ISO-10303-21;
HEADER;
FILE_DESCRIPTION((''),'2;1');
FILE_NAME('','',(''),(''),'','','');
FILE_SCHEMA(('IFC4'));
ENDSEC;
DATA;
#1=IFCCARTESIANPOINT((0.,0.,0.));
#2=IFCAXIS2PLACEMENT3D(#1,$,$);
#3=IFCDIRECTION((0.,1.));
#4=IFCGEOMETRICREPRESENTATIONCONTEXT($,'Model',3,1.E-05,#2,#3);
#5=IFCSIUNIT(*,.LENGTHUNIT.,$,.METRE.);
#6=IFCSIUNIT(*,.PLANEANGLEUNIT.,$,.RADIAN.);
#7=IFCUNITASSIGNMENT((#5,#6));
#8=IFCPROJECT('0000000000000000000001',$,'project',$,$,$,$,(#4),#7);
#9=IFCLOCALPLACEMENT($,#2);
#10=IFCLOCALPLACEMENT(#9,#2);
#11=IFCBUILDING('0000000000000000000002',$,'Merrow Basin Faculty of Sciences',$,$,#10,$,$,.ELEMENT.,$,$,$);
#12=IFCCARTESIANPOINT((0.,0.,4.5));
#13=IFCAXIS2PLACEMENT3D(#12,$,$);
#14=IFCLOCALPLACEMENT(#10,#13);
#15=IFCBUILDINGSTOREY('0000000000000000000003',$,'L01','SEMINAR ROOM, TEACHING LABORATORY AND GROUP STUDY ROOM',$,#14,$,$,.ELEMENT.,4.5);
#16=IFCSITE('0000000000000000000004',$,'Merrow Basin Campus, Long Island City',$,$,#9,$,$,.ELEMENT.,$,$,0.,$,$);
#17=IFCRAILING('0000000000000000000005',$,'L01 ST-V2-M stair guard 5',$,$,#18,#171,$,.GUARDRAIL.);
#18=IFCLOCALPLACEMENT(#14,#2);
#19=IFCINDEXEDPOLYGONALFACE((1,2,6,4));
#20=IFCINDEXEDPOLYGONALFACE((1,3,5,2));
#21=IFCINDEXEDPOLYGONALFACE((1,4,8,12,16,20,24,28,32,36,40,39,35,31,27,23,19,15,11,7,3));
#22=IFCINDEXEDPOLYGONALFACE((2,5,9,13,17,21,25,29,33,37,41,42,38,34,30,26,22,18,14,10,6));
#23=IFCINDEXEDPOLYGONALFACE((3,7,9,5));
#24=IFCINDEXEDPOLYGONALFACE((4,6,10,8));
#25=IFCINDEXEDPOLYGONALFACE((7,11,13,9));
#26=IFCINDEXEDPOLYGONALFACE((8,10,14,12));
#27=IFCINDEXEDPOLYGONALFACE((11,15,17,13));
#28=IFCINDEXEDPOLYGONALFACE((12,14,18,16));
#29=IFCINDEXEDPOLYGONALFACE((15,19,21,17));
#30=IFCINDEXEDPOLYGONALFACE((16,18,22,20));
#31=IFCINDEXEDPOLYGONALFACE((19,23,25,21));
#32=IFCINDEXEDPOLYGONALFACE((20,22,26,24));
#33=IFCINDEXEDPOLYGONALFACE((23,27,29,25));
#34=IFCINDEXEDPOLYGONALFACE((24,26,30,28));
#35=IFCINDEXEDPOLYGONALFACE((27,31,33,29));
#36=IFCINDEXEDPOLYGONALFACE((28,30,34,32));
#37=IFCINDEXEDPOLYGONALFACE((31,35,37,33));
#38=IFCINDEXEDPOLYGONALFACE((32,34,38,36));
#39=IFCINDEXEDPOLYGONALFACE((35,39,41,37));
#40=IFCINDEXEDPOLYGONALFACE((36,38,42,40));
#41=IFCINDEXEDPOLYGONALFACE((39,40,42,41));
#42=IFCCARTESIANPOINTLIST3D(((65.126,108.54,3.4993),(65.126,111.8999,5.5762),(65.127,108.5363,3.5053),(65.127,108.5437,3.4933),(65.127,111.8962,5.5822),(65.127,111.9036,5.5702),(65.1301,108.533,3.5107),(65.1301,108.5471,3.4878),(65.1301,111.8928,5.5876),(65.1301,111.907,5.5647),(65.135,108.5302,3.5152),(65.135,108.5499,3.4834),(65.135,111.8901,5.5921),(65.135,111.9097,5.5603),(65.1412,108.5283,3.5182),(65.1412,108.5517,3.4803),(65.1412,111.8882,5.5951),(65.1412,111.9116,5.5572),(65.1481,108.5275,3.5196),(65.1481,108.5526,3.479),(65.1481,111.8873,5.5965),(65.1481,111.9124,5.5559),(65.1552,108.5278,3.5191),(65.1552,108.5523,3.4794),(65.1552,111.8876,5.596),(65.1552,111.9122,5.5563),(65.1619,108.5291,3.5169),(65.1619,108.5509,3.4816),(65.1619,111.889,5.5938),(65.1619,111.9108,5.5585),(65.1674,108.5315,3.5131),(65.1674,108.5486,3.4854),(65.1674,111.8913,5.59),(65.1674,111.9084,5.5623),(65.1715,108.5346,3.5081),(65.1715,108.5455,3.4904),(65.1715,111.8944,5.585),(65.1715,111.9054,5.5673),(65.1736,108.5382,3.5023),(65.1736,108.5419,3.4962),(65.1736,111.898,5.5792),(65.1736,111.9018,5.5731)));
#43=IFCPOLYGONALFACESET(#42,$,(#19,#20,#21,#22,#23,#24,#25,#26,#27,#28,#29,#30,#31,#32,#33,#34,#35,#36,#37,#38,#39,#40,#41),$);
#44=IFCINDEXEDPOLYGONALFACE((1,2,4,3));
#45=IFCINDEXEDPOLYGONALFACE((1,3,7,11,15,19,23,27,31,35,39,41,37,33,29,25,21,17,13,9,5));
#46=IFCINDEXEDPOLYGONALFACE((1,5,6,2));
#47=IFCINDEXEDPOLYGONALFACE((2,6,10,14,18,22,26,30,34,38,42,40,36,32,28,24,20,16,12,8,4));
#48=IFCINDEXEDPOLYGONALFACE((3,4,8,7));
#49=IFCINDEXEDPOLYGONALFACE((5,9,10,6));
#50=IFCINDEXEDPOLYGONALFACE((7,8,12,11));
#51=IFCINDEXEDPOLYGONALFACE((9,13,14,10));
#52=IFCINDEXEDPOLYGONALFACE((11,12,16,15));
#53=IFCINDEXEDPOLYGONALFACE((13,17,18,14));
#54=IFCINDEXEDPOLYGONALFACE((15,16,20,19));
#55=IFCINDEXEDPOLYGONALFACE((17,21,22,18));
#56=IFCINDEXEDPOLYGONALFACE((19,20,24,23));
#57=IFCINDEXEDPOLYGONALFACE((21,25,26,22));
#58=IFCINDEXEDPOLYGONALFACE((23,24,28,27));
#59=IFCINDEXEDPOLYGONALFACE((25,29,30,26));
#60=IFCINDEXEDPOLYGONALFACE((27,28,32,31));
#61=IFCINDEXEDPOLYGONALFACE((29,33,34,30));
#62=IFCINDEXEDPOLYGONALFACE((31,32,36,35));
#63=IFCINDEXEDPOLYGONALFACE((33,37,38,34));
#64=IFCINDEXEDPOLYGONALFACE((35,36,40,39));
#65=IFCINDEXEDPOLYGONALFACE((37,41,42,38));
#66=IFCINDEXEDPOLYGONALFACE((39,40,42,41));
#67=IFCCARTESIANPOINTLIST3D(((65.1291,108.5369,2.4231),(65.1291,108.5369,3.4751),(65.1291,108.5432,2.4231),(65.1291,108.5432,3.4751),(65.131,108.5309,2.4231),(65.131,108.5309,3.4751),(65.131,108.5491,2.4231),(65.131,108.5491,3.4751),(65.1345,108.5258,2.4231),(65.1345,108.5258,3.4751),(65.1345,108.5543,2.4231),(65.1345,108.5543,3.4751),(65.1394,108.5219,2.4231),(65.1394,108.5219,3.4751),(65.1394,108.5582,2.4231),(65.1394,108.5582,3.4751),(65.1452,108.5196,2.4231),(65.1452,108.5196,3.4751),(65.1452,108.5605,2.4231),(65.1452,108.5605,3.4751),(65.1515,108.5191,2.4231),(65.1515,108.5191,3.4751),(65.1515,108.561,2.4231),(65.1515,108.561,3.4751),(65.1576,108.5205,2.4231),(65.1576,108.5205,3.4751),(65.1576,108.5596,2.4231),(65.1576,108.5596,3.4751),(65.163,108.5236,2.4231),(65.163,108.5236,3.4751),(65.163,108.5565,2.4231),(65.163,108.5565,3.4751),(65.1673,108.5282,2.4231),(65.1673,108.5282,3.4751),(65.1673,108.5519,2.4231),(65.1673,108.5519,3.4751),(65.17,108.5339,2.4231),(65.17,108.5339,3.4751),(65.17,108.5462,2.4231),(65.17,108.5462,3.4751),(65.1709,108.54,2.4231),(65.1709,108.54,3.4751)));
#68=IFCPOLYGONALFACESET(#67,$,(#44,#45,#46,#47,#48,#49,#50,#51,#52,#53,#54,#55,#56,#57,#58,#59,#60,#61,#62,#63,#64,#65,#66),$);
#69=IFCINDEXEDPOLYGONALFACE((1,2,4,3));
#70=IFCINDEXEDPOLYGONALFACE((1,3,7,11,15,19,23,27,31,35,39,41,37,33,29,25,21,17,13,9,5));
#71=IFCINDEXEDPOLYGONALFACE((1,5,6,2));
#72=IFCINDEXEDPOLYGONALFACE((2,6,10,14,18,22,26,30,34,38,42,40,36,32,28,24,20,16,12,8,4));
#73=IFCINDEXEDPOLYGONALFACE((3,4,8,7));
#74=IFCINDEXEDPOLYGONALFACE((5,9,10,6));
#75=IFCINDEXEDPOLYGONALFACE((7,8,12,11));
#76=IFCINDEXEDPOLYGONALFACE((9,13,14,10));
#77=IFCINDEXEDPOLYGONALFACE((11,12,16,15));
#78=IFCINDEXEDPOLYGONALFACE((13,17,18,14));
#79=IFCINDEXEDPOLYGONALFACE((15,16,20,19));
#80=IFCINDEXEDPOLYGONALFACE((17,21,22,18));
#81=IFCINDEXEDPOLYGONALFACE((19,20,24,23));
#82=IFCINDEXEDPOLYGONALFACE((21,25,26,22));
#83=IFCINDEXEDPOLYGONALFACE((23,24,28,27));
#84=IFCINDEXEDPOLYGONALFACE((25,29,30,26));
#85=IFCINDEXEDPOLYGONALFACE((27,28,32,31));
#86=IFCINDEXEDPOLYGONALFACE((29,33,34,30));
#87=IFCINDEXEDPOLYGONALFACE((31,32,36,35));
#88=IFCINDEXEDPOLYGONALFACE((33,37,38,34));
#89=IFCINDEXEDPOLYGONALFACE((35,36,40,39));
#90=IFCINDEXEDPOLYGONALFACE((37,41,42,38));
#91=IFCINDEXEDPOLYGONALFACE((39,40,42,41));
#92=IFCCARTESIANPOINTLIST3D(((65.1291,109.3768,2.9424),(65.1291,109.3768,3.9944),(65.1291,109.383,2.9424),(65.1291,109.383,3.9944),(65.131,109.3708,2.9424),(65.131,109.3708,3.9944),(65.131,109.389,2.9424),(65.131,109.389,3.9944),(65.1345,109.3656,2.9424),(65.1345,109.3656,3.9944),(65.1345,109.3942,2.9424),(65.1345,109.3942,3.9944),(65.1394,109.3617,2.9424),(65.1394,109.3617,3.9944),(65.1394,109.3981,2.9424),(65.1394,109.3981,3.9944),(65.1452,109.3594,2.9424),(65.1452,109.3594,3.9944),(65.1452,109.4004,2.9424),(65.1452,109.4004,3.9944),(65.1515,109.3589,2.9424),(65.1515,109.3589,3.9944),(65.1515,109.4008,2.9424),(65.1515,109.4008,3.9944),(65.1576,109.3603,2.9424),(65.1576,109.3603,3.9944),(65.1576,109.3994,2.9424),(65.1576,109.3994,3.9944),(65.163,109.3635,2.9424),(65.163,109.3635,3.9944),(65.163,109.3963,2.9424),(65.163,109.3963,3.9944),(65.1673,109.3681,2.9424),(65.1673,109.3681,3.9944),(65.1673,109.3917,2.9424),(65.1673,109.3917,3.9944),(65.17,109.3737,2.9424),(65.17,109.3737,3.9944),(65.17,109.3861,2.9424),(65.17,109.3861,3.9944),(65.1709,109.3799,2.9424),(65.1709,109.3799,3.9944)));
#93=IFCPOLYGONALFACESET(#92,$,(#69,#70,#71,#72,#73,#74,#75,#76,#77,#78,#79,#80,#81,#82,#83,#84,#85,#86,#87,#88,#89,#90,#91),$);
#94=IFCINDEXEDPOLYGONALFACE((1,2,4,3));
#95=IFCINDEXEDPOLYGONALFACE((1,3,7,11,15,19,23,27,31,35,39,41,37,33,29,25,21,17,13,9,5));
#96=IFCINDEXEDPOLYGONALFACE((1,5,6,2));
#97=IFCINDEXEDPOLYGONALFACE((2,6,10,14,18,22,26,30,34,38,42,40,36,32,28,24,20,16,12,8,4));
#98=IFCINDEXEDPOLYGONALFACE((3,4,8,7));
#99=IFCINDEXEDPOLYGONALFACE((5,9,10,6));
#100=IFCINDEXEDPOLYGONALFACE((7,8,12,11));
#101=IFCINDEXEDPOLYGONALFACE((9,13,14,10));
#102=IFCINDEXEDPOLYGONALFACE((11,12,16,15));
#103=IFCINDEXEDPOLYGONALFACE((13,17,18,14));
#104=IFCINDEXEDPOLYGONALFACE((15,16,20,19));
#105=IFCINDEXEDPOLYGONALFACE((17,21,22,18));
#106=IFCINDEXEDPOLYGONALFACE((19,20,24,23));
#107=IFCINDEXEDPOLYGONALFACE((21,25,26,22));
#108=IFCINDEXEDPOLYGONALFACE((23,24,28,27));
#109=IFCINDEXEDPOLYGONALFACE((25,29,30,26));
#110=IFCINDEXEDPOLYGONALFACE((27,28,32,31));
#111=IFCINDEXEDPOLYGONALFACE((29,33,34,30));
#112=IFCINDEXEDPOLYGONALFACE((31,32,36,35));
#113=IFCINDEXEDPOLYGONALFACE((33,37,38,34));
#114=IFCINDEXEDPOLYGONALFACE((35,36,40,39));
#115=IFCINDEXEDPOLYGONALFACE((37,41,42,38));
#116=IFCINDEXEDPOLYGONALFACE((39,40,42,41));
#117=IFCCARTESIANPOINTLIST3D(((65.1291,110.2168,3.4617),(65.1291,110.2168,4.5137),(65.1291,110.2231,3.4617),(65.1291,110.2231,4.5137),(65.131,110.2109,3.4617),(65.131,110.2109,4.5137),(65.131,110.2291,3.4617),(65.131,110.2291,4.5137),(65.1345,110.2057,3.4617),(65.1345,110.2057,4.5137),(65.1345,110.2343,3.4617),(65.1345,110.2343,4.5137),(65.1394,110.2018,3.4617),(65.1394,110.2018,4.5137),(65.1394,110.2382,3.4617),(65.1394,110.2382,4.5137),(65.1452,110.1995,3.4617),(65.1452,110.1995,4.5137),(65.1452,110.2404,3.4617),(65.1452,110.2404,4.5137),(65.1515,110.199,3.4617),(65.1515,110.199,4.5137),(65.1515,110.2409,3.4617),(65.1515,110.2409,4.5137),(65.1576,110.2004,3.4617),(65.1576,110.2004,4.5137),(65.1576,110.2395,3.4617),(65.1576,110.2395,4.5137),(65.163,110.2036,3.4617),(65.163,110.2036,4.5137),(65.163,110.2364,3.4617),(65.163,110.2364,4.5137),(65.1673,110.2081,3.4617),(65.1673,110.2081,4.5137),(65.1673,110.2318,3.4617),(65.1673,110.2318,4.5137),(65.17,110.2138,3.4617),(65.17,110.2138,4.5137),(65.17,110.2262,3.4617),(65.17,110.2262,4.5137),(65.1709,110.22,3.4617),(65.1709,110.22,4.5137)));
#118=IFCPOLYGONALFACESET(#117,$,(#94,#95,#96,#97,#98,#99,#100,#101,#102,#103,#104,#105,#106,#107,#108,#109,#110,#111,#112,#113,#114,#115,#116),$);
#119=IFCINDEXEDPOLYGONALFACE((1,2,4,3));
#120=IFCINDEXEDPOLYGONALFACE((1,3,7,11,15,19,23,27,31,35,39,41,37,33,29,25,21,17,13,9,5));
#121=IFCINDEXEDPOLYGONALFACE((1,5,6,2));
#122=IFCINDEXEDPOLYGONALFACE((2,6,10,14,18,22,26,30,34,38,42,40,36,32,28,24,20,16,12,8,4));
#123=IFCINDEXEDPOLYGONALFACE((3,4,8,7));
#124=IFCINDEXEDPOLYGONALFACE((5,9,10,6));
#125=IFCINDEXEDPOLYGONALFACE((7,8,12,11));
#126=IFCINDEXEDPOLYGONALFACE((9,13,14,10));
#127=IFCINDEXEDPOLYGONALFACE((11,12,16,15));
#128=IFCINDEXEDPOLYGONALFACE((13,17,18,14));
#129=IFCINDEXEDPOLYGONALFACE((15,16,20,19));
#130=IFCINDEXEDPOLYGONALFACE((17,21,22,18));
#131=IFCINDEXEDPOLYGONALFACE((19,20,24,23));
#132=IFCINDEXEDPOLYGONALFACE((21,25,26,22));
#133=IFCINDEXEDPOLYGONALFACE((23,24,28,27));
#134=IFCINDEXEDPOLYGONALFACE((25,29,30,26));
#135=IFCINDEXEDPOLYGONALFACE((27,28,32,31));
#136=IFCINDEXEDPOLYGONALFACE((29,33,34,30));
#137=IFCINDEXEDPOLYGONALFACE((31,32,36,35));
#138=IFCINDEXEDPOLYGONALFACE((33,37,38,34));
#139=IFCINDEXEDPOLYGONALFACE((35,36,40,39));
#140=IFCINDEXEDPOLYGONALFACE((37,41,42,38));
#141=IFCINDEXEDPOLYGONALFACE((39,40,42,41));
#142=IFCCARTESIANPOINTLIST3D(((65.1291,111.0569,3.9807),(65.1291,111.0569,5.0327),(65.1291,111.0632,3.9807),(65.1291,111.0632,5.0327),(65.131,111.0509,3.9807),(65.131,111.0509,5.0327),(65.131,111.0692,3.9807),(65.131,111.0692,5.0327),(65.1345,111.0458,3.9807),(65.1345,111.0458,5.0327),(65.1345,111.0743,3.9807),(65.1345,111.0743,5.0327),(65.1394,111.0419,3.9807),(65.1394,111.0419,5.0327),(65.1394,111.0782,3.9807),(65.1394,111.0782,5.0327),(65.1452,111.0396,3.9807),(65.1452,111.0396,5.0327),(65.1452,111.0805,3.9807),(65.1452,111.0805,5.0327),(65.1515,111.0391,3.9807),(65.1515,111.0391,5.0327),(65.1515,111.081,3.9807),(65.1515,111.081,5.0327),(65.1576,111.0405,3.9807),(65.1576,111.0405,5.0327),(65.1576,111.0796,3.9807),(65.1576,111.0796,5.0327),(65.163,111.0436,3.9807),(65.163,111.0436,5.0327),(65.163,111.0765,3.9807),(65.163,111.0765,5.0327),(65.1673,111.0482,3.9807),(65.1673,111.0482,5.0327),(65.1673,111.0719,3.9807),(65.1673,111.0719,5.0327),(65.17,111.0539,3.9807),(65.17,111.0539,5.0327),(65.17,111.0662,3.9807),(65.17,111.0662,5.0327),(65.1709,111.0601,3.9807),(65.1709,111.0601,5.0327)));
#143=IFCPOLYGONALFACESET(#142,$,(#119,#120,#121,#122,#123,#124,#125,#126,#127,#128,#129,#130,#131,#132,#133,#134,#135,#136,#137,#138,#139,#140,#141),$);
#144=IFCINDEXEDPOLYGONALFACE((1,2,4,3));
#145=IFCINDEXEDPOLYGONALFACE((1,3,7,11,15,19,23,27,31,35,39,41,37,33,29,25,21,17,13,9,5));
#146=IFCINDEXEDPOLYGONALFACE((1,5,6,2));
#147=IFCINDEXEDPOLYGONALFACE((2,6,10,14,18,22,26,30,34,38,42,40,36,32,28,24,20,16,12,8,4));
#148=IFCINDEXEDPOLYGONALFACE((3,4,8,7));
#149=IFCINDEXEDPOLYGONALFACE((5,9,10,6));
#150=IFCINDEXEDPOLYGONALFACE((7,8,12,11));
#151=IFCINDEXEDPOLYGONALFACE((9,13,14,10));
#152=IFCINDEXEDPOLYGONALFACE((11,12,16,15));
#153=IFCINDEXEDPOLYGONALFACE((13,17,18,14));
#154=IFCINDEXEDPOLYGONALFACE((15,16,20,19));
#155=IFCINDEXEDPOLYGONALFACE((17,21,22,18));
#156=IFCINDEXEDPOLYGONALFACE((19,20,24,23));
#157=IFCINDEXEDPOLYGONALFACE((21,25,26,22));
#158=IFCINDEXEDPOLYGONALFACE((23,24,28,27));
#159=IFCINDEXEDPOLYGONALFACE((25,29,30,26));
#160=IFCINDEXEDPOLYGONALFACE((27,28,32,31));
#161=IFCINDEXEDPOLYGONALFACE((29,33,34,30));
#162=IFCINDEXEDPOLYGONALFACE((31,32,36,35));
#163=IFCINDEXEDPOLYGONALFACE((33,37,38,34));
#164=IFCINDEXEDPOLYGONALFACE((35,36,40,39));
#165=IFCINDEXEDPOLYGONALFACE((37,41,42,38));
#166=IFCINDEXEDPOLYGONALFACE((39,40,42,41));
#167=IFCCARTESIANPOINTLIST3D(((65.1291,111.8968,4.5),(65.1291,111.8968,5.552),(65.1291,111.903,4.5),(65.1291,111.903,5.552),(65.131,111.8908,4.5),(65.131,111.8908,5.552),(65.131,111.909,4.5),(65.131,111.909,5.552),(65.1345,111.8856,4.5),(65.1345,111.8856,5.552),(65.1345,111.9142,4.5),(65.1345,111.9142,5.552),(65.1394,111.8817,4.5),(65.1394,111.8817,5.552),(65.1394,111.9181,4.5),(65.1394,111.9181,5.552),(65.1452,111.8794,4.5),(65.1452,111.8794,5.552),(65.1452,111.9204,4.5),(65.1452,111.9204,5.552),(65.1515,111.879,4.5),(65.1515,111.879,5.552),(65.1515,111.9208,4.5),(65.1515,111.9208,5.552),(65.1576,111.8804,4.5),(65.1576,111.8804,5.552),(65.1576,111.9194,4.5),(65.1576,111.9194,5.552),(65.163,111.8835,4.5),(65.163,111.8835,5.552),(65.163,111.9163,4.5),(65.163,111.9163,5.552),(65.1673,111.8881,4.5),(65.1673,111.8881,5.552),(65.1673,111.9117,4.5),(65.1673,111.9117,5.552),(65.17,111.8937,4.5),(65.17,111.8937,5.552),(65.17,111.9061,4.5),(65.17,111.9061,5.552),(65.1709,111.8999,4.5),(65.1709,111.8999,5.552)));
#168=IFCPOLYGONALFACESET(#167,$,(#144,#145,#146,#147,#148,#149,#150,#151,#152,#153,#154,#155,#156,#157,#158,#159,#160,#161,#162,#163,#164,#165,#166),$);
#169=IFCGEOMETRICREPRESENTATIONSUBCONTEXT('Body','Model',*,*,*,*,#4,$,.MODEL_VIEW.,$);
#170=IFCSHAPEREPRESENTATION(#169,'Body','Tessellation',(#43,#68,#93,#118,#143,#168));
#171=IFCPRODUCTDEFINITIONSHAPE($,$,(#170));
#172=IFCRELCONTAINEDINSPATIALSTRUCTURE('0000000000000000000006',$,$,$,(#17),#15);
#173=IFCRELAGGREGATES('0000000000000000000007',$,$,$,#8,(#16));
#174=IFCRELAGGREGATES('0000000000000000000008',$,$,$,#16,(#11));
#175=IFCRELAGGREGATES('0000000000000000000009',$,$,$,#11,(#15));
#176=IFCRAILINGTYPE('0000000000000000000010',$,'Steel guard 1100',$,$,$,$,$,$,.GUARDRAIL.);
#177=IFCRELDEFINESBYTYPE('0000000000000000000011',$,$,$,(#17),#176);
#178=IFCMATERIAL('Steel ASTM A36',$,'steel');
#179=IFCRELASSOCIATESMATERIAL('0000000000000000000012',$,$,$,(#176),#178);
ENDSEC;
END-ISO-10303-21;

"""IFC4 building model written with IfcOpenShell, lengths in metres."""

from ifc_helpers import new_model, si_unit, direction, frame, origin, origin_2d, place, context, subcontext, project, spatial, circle, extrude, material, type_object, element, save


model = new_model("IFC4")

# Units and contexts
model_context = context("Model", 3, precision=1e-05, world=origin(), true_north=direction((0.0, 1.0)))
body_context = subcontext(model_context, "Body", "Model", "MODEL_VIEW")
ifc_project = project(units=[si_unit("LENGTHUNIT", "METRE"), si_unit("PLANEANGLEUNIT", "RADIAN")], contexts=[model_context])

# Site, building, storey
site_placement = place(None, origin())
site = spatial("IfcSite", under=ifc_project, at=site_placement, Name="Merrow Basin Campus, Long Island City", CompositionType="ELEMENT", RefElevation=0.0)
building_placement = place(site_placement, origin())
building = spatial("IfcBuilding", under=site, at=building_placement, Name="Merrow Basin Faculty of Sciences", CompositionType="ELEMENT")
storey_placement = place(building_placement, frame((0.0, 0.0, 4.5)))
storey = spatial("IfcBuildingStorey", under=building, at=storey_placement, Name="L01", Description="SEMINAR ROOM, TEACHING LABORATORY AND GROUP STUDY ROOM", CompositionType="ELEMENT", Elevation=4.5)

# Railing
ifc_material_1 = material(Name="Steel ASTM A36", Category="steel")
railing_type = type_object("IfcRailingType", Name="Steel guard 1100", PredefinedType="GUARDRAIL", material=ifc_material_1)
railing_1_placement = place(storey_placement, frame((65.1499, 108.54, 2.4231)))
element("IfcRailing", 1, at=railing_1_placement, inside=storey, type_object=railing_type, Name="L01 ST-V2-M stair guard 5", PredefinedType="GUARDRAIL", context=body_context, shape_type="SweptSolid", body=[
    extrude(circle(Radius=0.0239, at=origin_2d()), frame((0.0, 0.0, 1.0762), z_axis=(0.0, 0.850606, 0.525803), x_axis=(-1.0, 0.0, 0.0)), (0.0, 0.0, 1.0), 3.95),
    extrude(circle(Radius=0.021, at=origin_2d()), origin(), (0.0, 0.0, 1.0), 1.052),
    extrude(circle(Radius=0.021, at=origin_2d()), frame((0.0, 0.8398, 0.5193)), (0.0, 0.0, 1.0), 1.052),
    extrude(circle(Radius=0.021, at=origin_2d()), frame((0.0, 1.6799, 1.0386)), (0.0, 0.0, 1.0), 1.052),
    extrude(circle(Radius=0.021, at=origin_2d()), frame((0.0, 2.52, 1.5576)), (0.0, 0.0, 1.0), 1.052),
    extrude(circle(Radius=0.021, at=origin_2d()), frame((0.0, 3.3599, 2.0769)), (0.0, 0.0, 1.0), 1.052),
])

save(model, "model.ifc")
